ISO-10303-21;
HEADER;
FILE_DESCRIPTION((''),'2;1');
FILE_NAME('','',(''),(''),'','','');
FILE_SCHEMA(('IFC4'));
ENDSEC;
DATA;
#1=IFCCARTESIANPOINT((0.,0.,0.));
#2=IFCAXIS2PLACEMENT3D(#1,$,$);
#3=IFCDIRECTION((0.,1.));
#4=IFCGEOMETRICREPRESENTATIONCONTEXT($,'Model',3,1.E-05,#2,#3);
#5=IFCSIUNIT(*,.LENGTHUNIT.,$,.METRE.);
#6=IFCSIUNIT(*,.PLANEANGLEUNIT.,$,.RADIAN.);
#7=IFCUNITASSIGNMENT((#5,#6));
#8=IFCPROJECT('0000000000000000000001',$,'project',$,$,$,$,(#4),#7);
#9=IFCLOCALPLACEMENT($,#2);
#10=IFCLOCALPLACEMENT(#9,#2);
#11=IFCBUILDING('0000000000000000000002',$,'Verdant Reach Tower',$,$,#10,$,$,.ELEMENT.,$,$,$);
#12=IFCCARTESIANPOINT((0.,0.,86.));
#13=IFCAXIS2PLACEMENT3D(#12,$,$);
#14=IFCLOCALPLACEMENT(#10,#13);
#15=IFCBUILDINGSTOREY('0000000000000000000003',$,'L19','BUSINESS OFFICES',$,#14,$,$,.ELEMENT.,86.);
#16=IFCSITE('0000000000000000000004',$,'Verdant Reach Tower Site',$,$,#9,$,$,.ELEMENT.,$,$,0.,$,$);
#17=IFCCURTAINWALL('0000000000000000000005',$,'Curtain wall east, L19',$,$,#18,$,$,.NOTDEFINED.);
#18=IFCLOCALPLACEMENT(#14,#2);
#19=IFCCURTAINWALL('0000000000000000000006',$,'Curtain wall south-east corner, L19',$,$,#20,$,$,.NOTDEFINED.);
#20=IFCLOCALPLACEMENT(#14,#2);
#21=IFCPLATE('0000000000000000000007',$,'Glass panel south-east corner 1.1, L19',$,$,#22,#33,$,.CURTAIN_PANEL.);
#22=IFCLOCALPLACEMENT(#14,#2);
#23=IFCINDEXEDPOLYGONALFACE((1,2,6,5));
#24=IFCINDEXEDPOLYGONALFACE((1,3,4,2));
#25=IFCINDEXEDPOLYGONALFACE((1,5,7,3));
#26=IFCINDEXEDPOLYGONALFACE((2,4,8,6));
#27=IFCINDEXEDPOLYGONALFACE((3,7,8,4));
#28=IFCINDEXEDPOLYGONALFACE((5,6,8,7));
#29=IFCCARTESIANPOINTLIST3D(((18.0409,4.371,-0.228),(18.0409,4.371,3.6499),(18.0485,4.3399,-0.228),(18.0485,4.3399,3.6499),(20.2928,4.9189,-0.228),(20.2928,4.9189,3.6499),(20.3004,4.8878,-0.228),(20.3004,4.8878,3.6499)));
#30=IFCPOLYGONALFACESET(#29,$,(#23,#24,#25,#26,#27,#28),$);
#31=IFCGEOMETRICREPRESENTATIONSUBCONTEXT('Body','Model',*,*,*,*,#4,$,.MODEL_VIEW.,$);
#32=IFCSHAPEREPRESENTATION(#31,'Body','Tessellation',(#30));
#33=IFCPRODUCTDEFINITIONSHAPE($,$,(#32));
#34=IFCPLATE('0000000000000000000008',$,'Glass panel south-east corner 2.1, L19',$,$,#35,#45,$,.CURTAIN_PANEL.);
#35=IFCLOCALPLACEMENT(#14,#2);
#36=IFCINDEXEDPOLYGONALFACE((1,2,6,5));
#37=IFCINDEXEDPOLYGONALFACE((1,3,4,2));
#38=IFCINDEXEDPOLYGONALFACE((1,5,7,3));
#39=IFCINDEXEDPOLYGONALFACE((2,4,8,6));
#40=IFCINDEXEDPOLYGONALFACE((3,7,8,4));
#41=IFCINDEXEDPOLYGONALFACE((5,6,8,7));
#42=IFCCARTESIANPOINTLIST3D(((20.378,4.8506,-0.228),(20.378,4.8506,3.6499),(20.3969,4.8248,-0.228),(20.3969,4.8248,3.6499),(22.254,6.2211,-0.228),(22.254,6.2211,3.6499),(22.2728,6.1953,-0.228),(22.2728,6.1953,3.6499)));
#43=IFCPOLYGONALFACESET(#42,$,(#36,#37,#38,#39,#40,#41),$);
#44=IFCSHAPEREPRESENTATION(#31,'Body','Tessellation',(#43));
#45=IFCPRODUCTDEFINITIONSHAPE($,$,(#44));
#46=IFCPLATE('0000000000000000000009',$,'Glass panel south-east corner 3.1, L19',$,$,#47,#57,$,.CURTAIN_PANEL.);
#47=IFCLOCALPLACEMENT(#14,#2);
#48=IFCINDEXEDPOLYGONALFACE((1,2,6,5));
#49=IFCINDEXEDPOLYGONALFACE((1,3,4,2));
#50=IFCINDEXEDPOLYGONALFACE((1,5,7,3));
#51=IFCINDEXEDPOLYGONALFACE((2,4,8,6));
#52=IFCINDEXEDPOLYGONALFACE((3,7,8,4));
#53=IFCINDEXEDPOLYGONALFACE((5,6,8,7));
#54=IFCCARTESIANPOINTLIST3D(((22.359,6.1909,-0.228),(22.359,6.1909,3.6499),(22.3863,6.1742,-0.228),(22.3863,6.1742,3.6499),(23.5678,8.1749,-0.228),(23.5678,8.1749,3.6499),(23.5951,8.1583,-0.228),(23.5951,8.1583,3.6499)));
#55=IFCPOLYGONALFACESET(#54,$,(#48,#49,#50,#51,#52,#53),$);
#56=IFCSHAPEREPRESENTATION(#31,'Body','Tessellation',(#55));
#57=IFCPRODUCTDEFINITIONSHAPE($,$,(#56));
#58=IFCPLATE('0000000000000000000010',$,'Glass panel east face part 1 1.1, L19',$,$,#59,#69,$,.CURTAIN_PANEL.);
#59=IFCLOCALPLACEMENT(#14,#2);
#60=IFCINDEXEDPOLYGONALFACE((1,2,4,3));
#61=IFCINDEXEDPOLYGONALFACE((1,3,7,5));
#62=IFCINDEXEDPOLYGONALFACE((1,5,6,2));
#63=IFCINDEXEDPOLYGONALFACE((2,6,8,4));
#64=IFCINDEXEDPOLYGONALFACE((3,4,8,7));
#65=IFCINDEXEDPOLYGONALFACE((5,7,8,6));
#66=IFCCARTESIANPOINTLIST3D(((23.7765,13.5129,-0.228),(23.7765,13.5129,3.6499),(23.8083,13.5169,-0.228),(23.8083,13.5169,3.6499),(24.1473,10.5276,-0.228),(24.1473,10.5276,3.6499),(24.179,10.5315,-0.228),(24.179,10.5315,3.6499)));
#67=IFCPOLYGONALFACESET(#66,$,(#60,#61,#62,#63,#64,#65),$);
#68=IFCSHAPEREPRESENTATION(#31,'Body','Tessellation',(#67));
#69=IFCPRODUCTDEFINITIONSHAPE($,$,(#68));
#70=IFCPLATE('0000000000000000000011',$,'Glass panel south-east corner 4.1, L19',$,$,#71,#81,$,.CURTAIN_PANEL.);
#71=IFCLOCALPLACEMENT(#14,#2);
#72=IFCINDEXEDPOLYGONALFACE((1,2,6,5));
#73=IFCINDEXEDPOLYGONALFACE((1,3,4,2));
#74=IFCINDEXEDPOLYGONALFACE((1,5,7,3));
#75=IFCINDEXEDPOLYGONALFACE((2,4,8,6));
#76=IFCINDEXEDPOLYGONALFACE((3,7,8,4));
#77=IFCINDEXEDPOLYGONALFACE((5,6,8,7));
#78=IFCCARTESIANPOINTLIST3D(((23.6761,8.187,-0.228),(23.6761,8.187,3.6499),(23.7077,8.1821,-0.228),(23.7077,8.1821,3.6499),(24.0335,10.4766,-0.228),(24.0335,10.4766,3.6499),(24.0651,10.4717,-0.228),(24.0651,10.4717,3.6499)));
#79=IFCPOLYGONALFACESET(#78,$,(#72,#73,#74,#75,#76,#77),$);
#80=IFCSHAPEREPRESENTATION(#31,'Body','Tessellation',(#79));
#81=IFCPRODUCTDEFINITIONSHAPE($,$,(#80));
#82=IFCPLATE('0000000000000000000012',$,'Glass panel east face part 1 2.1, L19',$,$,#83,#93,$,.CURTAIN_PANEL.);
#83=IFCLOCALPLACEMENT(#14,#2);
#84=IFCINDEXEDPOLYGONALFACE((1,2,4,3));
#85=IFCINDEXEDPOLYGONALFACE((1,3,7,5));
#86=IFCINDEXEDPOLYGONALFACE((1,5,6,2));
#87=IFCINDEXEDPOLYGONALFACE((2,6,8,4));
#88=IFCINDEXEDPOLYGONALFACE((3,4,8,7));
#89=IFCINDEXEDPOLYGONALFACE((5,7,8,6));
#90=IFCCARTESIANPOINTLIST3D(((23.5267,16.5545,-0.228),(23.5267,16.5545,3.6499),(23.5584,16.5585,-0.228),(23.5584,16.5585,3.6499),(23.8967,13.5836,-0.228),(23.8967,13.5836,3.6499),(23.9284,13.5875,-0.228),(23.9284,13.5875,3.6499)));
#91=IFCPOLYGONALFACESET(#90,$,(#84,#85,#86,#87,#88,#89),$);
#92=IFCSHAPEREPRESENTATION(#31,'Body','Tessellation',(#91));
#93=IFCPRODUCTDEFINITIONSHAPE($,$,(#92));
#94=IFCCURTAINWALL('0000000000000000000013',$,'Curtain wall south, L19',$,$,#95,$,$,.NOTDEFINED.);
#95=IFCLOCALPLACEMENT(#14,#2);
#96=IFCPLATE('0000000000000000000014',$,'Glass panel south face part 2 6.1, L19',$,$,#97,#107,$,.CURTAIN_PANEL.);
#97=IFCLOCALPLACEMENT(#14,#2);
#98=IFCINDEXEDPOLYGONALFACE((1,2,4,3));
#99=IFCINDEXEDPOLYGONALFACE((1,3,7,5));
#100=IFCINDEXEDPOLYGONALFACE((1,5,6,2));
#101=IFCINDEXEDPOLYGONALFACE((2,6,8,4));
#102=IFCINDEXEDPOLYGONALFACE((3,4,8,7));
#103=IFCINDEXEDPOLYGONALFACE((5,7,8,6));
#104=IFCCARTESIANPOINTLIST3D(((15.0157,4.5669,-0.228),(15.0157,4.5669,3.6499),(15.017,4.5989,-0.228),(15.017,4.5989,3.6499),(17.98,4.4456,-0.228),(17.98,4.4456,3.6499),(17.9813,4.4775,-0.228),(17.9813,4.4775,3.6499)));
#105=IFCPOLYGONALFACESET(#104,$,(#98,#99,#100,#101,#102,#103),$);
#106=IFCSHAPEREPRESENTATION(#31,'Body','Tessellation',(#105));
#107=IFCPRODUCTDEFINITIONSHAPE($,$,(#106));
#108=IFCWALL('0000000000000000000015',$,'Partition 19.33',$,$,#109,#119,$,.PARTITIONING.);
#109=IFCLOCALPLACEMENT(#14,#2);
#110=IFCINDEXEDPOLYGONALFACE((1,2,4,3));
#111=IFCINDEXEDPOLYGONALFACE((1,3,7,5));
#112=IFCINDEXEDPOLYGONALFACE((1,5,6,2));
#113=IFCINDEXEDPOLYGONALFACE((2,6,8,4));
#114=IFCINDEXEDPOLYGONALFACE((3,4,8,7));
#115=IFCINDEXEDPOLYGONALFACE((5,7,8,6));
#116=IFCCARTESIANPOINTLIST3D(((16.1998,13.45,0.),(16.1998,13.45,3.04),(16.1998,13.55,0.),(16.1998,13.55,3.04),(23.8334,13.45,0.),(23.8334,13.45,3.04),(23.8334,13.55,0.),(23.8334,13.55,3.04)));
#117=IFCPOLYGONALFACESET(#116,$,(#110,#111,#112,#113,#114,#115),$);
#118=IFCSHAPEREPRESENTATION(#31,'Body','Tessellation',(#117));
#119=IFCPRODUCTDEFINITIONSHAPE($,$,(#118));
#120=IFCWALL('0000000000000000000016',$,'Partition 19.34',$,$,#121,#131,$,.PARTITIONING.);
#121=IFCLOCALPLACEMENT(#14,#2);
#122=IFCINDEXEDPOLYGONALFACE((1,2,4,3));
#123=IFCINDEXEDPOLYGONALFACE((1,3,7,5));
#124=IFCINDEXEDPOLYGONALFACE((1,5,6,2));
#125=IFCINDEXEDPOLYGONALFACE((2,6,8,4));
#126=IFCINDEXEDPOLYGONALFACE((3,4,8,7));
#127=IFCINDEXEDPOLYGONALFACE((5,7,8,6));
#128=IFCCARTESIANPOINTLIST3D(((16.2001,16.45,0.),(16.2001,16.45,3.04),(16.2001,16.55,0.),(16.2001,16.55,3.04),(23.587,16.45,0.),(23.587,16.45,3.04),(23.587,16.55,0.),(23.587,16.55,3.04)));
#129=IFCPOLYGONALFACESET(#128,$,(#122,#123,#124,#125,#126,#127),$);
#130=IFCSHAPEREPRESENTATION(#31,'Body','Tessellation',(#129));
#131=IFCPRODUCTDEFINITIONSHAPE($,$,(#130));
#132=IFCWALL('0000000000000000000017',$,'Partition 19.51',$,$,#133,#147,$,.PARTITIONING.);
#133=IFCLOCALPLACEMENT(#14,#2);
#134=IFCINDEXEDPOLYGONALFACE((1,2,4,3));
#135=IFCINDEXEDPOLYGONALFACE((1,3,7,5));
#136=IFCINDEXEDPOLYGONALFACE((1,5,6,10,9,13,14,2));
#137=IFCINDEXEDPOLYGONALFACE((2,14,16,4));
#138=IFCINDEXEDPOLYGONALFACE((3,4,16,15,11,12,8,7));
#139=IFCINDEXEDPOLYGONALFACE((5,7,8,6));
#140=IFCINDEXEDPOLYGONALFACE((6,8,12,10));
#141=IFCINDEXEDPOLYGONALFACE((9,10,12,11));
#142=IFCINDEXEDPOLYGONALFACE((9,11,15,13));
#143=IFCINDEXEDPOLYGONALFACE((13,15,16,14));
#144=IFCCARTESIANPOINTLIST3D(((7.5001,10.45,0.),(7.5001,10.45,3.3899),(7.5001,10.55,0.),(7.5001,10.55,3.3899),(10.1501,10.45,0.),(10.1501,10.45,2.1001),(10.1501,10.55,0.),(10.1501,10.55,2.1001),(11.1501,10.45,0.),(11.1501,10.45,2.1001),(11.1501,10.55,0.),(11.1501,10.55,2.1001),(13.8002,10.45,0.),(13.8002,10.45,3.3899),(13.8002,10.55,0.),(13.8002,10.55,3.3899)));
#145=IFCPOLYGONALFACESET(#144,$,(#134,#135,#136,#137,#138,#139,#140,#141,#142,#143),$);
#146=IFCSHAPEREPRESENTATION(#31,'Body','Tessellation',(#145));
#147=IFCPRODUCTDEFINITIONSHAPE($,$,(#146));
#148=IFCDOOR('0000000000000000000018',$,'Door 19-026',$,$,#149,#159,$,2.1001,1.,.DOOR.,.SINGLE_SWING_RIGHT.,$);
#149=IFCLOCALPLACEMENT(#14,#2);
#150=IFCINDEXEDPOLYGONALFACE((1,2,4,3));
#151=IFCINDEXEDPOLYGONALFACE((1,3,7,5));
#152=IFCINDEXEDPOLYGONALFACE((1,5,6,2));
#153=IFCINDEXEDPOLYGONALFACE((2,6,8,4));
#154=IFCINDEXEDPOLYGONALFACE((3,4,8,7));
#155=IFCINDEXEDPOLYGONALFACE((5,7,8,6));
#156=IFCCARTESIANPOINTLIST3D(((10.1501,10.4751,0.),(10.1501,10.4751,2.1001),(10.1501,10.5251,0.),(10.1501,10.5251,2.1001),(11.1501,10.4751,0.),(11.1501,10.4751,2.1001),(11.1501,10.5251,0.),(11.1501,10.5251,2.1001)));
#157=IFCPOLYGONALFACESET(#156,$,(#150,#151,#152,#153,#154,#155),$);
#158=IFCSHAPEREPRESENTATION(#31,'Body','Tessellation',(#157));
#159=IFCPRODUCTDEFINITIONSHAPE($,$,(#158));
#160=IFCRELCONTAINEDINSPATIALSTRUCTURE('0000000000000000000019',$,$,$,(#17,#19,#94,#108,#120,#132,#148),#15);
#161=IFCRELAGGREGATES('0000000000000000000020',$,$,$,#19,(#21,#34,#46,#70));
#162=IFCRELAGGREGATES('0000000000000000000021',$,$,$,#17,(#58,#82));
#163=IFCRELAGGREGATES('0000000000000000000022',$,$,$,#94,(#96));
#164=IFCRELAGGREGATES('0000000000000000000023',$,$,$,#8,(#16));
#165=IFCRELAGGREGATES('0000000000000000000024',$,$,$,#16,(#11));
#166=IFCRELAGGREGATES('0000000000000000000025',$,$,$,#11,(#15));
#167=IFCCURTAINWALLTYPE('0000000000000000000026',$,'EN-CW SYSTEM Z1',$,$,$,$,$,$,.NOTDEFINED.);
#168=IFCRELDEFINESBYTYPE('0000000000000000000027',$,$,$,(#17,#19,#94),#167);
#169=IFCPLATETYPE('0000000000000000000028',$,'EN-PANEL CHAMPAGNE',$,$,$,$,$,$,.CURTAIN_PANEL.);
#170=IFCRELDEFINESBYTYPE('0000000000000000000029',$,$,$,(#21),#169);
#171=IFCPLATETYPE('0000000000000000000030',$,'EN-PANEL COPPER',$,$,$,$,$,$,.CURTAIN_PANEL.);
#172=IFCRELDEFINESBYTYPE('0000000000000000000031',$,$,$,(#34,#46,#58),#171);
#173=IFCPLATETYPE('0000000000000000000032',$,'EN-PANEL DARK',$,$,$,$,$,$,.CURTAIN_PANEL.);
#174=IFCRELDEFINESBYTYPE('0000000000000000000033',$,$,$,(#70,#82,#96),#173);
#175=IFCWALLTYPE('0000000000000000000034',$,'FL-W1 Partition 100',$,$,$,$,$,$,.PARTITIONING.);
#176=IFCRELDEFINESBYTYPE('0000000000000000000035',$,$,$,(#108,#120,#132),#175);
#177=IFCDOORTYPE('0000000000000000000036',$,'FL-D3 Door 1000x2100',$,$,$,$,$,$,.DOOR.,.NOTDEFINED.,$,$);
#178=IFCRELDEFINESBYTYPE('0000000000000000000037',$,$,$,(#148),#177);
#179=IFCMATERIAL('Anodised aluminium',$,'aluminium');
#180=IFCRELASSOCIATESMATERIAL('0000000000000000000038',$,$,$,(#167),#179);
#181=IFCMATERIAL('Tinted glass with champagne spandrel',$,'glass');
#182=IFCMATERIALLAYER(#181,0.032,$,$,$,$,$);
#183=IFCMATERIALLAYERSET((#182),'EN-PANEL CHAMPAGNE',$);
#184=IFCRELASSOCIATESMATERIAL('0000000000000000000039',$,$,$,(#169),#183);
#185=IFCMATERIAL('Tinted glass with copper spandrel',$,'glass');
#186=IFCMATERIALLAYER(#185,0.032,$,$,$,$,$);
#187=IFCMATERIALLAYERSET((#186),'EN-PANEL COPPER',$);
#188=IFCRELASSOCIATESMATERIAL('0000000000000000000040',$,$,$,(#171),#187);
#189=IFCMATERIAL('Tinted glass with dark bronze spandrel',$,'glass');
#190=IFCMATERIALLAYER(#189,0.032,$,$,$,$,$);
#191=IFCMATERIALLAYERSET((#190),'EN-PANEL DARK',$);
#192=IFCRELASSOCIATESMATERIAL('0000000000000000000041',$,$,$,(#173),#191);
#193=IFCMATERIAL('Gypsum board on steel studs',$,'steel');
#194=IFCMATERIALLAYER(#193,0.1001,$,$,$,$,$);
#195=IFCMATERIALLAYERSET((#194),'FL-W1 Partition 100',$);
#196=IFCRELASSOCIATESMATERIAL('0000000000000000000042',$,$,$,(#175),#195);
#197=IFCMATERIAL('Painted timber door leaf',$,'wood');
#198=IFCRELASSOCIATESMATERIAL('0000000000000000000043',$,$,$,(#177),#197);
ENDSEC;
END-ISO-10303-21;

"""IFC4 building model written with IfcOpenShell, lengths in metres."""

from ifc_helpers import new_model, si_unit, direction, frame, frame_2d, origin, origin_2d, place, context, subcontext, project, spatial, rectangle, extrude, material, layer, layer_set, type_object, element, fill, aggregate, save


model = new_model("IFC4")

# Units and contexts
model_context = context("Model", 3, precision=1e-05, world=origin(), true_north=direction((0.0, 1.0)))
body_context = subcontext(model_context, "Body", "Model", "MODEL_VIEW")
ifc_project = project(units=[si_unit("LENGTHUNIT", "METRE"), si_unit("PLANEANGLEUNIT", "RADIAN")], contexts=[model_context])

# Site, building, storey
site_placement = place(None, origin())
site = spatial("IfcSite", under=ifc_project, at=site_placement, Name="Verdant Reach Tower Site", CompositionType="ELEMENT", RefElevation=0.0)
building_placement = place(site_placement, origin())
building = spatial("IfcBuilding", under=site, at=building_placement, Name="Verdant Reach Tower", CompositionType="ELEMENT")
storey_placement = place(building_placement, frame((0.0, 0.0, 86.0)))
storey = spatial("IfcBuildingStorey", under=building, at=storey_placement, Name="L19", Description="BUSINESS OFFICES", CompositionType="ELEMENT", Elevation=86.0)

# Curtain wall
ifc_material_1 = material(Name="Anodised aluminium", Category="aluminium")
curtain_wall_type = type_object("IfcCurtainWallType", Name="EN-CW SYSTEM Z1", PredefinedType="NOTDEFINED", material=ifc_material_1)
curtain_wall_1_placement = place(storey_placement, origin())
curtain_wall_1 = element("IfcCurtainWall", 1, at=curtain_wall_1_placement, inside=storey, type_object=curtain_wall_type, Name="Curtain wall east, L19", PredefinedType="NOTDEFINED")

# Curtain wall, plates
curtain_wall_2_placement = place(storey_placement, origin())
curtain_wall_2 = element("IfcCurtainWall", 2, at=curtain_wall_2_placement, inside=storey, type_object=curtain_wall_type, Name="Curtain wall south-east corner, L19", PredefinedType="NOTDEFINED")
ifc_material_2 = material(Name="Tinted glass with champagne spandrel", Category="glass")
ifc_layer_1 = layer(ifc_material_2, 0.032)
ifc_layer_set_1 = layer_set([ifc_layer_1], Name="EN-PANEL CHAMPAGNE")
plate_type_1 = type_object("IfcPlateType", Name="EN-PANEL CHAMPAGNE", PredefinedType="CURTAIN_PANEL", material=ifc_layer_set_1)
plate_1_placement = place(storey_placement, frame((19.1707, 4.6294, -0.228), z_axis=(0.0, 0.0, 1.0), x_axis=(0.971661, 0.23638, 0.0)))
plate_1 = element("IfcPlate", 3, at=plate_1_placement, type_object=plate_type_1, Name="Glass panel south-east corner 1.1, L19", PredefinedType="CURTAIN_PANEL", context=body_context, shape_type="SweptSolid", body=[
    extrude(rectangle(XDim=2.3176, YDim=0.032, at=origin_2d()), origin(), (0.0, 0.0, 1.0), 3.8779),
])
ifc_material_3 = material(Name="Tinted glass with copper spandrel", Category="glass")
ifc_layer_2 = layer(ifc_material_3, 0.032)
ifc_layer_set_2 = layer_set([ifc_layer_2], Name="EN-PANEL COPPER")
plate_type_2 = type_object("IfcPlateType", Name="EN-PANEL COPPER", PredefinedType="CURTAIN_PANEL", material=ifc_layer_set_2)
plate_2_placement = place(storey_placement, frame((21.3254, 5.5229, -0.228), z_axis=(0.0, 0.0, 1.0), x_axis=(0.807457, 0.589927, 0.0)))
plate_2 = element("IfcPlate", 4, at=plate_2_placement, type_object=plate_type_2, Name="Glass panel south-east corner 2.1, L19", PredefinedType="CURTAIN_PANEL", context=body_context, shape_type="SweptSolid", body=[
    extrude(rectangle(XDim=2.3232, YDim=0.032, at=origin_2d()), origin(), (0.0, 0.0, 1.0), 3.8779),
])
plate_3_placement = place(storey_placement, frame((22.9771, 7.1746, -0.228), z_axis=(0.0, 0.0, 1.0), x_axis=(0.520292, 0.853989, 0.0)))
plate_3 = element("IfcPlate", 5, at=plate_3_placement, type_object=plate_type_2, Name="Glass panel south-east corner 3.1, L19", PredefinedType="CURTAIN_PANEL", context=body_context, shape_type="SweptSolid", body=[
    extrude(rectangle(XDim=2.3232, YDim=0.032, at=origin_2d()), origin(), (0.0, 0.0, 1.0), 3.8779),
])

# Plates
plate_4_placement = place(storey_placement, frame((23.9778, 12.0222, -0.228), z_axis=(0.0, 0.0, 1.0), x_axis=(-0.123256, 0.992375, 0.0)))
plate_4 = element("IfcPlate", 6, at=plate_4_placement, type_object=plate_type_2, Name="Glass panel east face part 1 1.1, L19", PredefinedType="CURTAIN_PANEL", context=body_context, shape_type="SweptSolid", body=[
    extrude(rectangle(XDim=3.0083, YDim=0.032, at=origin_2d()), origin(), (0.0, 0.0, 1.0), 3.8779),
])
ifc_material_4 = material(Name="Tinted glass with dark bronze spandrel", Category="glass")
ifc_layer_3 = layer(ifc_material_4, 0.032)
ifc_layer_set_3 = layer_set([ifc_layer_3], Name="EN-PANEL DARK")
plate_type_3 = type_object("IfcPlateType", Name="EN-PANEL DARK", PredefinedType="CURTAIN_PANEL", material=ifc_layer_set_3)
plate_5_placement = place(storey_placement, frame((23.8706, 9.3293, -0.228), z_axis=(0.0, 0.0, 1.0), x_axis=(0.154248, 0.988032, 0.0)))
plate_5 = element("IfcPlate", 7, at=plate_5_placement, type_object=plate_type_3, Name="Glass panel south-east corner 4.1, L19", PredefinedType="CURTAIN_PANEL", context=body_context, shape_type="SweptSolid", body=[
    extrude(rectangle(XDim=2.3174, YDim=0.032, at=origin_2d()), origin(), (0.0, 0.0, 1.0), 3.8779),
])
aggregate(curtain_wall_2, [plate_1, plate_2, plate_3, plate_5])
plate_6_placement = place(storey_placement, frame((23.7275, 15.071, -0.228), z_axis=(0.0, 0.0, 1.0), x_axis=(-0.123579, 0.992335, 0.0)))
plate_6 = element("IfcPlate", 8, at=plate_6_placement, type_object=plate_type_3, Name="Glass panel east face part 1 2.1, L19", PredefinedType="CURTAIN_PANEL", context=body_context, shape_type="SweptSolid", body=[
    extrude(rectangle(XDim=2.9939, YDim=0.032, at=origin_2d()), origin(), (0.0, 0.0, 1.0), 3.8779),
])
aggregate(curtain_wall_1, [plate_4, plate_6])

# Curtain wall, plate
curtain_wall_3_placement = place(storey_placement, origin())
curtain_wall_3 = element("IfcCurtainWall", 9, at=curtain_wall_3_placement, inside=storey, type_object=curtain_wall_type, Name="Curtain wall south, L19", PredefinedType="NOTDEFINED")
plate_7_placement = place(storey_placement, frame((16.4985, 4.5222, -0.228), z_axis=(0.0, 0.0, 1.0), x_axis=(0.999163, -0.04091, 0.0)))
plate_7 = element("IfcPlate", 10, at=plate_7_placement, type_object=plate_type_3, Name="Glass panel south face part 2 6.1, L19", PredefinedType="CURTAIN_PANEL", context=body_context, shape_type="SweptSolid", body=[
    extrude(rectangle(XDim=2.9668, YDim=0.032, at=origin_2d()), origin(), (0.0, 0.0, 1.0), 3.8779),
])
aggregate(curtain_wall_3, [plate_7])

# Walls
ifc_material_5 = material(Name="Gypsum board on steel studs", Category="steel")
ifc_layer_4 = layer(ifc_material_5, 0.1001)
ifc_layer_set_4 = layer_set([ifc_layer_4], Name="FL-W1 Partition 100")
wall_type_1 = type_object("IfcWallType", Name="FL-W1 Partition 100", PredefinedType="PARTITIONING", material=ifc_layer_set_4)
wall_1_placement = place(storey_placement, frame((23.8335, 13.5, 0.0), z_axis=(0.0, 0.0, 1.0), x_axis=(-1.0, 0.0, 0.0)))
element("IfcWall", 11, at=wall_1_placement, inside=storey, type_object=wall_type_1, Name="Partition 19.33", PredefinedType="PARTITIONING", context=body_context, shape_type="SweptSolid", body=[
    extrude(rectangle(XDim=7.6335, YDim=0.1001, at=frame_2d((3.8169, 0.0))), origin(), (0.0, 0.0, 1.0), 3.04),
])
wall_2_placement = place(storey_placement, frame((23.5869, 16.5, 0.0), z_axis=(0.0, 0.0, 1.0), x_axis=(-1.0, 0.0, 0.0)))
element("IfcWall", 12, at=wall_2_placement, inside=storey, type_object=wall_type_1, Name="Partition 19.34", PredefinedType="PARTITIONING", context=body_context, shape_type="SweptSolid", body=[
    extrude(rectangle(XDim=7.387, YDim=0.1001, at=frame_2d((3.6934, 0.0))), origin(), (0.0, 0.0, 1.0), 3.04),
])

# Wall, opening, door
wall_3_placement = place(storey_placement, frame((13.8, 10.5, 0.0), z_axis=(0.0, 0.0, 1.0), x_axis=(-1.0, 0.0, 0.0)))
wall_3 = element("IfcWall", 13, at=wall_3_placement, inside=storey, type_object=wall_type_1, Name="Partition 19.51", PredefinedType="PARTITIONING", context=body_context, shape_type="SweptSolid", body=[
    extrude(rectangle(XDim=6.3, YDim=0.1001, at=frame_2d((3.1499, 0.0))), origin(), (0.0, 0.0, 1.0), 3.3899),
])
opening_1_placement = place(wall_3_placement, frame((2.6499, 0.0, 0.0)))
opening_1 = element("IfcOpeningElement", 14, at=opening_1_placement, cuts=wall_3, PredefinedType="OPENING", context=body_context, shape_type="SweptSolid", body=[
    extrude(rectangle(XDim=1.0, YDim=2.1001, at=frame_2d((0.5, 1.05))), frame((0.0, 0.0601, 0.0), z_axis=(0.0, -1.0, 0.0), x_axis=(1.0, 0.0, 0.0)), (0.0, 0.0, 1.0), 0.1201),
])
ifc_material_6 = material(Name="Painted timber door leaf", Category="wood")
door_type_1 = type_object("IfcDoorType", Name="FL-D3 Door 1000x2100", OperationType="NOTDEFINED", PredefinedType="DOOR", material=ifc_material_6)
door_1_placement = place(opening_1_placement, origin())
door_1 = element("IfcDoor", 15, at=door_1_placement, inside=storey, type_object=door_type_1, Name="Door 19-026", OperationType="SINGLE_SWING_RIGHT", OverallHeight=2.1001, OverallWidth=1.0, PredefinedType="DOOR", context=body_context, shape_type="SweptSolid", body=[
    extrude(rectangle(XDim=1.0, YDim=2.1001, at=frame_2d((0.5, 1.05))), frame((0.0, 0.0249, 0.0), z_axis=(0.0, -1.0, 0.0), x_axis=(1.0, 0.0, 0.0)), (0.0, 0.0, 1.0), 0.05),
])
fill(opening_1, door_1)

save(model, "model.ifc")
